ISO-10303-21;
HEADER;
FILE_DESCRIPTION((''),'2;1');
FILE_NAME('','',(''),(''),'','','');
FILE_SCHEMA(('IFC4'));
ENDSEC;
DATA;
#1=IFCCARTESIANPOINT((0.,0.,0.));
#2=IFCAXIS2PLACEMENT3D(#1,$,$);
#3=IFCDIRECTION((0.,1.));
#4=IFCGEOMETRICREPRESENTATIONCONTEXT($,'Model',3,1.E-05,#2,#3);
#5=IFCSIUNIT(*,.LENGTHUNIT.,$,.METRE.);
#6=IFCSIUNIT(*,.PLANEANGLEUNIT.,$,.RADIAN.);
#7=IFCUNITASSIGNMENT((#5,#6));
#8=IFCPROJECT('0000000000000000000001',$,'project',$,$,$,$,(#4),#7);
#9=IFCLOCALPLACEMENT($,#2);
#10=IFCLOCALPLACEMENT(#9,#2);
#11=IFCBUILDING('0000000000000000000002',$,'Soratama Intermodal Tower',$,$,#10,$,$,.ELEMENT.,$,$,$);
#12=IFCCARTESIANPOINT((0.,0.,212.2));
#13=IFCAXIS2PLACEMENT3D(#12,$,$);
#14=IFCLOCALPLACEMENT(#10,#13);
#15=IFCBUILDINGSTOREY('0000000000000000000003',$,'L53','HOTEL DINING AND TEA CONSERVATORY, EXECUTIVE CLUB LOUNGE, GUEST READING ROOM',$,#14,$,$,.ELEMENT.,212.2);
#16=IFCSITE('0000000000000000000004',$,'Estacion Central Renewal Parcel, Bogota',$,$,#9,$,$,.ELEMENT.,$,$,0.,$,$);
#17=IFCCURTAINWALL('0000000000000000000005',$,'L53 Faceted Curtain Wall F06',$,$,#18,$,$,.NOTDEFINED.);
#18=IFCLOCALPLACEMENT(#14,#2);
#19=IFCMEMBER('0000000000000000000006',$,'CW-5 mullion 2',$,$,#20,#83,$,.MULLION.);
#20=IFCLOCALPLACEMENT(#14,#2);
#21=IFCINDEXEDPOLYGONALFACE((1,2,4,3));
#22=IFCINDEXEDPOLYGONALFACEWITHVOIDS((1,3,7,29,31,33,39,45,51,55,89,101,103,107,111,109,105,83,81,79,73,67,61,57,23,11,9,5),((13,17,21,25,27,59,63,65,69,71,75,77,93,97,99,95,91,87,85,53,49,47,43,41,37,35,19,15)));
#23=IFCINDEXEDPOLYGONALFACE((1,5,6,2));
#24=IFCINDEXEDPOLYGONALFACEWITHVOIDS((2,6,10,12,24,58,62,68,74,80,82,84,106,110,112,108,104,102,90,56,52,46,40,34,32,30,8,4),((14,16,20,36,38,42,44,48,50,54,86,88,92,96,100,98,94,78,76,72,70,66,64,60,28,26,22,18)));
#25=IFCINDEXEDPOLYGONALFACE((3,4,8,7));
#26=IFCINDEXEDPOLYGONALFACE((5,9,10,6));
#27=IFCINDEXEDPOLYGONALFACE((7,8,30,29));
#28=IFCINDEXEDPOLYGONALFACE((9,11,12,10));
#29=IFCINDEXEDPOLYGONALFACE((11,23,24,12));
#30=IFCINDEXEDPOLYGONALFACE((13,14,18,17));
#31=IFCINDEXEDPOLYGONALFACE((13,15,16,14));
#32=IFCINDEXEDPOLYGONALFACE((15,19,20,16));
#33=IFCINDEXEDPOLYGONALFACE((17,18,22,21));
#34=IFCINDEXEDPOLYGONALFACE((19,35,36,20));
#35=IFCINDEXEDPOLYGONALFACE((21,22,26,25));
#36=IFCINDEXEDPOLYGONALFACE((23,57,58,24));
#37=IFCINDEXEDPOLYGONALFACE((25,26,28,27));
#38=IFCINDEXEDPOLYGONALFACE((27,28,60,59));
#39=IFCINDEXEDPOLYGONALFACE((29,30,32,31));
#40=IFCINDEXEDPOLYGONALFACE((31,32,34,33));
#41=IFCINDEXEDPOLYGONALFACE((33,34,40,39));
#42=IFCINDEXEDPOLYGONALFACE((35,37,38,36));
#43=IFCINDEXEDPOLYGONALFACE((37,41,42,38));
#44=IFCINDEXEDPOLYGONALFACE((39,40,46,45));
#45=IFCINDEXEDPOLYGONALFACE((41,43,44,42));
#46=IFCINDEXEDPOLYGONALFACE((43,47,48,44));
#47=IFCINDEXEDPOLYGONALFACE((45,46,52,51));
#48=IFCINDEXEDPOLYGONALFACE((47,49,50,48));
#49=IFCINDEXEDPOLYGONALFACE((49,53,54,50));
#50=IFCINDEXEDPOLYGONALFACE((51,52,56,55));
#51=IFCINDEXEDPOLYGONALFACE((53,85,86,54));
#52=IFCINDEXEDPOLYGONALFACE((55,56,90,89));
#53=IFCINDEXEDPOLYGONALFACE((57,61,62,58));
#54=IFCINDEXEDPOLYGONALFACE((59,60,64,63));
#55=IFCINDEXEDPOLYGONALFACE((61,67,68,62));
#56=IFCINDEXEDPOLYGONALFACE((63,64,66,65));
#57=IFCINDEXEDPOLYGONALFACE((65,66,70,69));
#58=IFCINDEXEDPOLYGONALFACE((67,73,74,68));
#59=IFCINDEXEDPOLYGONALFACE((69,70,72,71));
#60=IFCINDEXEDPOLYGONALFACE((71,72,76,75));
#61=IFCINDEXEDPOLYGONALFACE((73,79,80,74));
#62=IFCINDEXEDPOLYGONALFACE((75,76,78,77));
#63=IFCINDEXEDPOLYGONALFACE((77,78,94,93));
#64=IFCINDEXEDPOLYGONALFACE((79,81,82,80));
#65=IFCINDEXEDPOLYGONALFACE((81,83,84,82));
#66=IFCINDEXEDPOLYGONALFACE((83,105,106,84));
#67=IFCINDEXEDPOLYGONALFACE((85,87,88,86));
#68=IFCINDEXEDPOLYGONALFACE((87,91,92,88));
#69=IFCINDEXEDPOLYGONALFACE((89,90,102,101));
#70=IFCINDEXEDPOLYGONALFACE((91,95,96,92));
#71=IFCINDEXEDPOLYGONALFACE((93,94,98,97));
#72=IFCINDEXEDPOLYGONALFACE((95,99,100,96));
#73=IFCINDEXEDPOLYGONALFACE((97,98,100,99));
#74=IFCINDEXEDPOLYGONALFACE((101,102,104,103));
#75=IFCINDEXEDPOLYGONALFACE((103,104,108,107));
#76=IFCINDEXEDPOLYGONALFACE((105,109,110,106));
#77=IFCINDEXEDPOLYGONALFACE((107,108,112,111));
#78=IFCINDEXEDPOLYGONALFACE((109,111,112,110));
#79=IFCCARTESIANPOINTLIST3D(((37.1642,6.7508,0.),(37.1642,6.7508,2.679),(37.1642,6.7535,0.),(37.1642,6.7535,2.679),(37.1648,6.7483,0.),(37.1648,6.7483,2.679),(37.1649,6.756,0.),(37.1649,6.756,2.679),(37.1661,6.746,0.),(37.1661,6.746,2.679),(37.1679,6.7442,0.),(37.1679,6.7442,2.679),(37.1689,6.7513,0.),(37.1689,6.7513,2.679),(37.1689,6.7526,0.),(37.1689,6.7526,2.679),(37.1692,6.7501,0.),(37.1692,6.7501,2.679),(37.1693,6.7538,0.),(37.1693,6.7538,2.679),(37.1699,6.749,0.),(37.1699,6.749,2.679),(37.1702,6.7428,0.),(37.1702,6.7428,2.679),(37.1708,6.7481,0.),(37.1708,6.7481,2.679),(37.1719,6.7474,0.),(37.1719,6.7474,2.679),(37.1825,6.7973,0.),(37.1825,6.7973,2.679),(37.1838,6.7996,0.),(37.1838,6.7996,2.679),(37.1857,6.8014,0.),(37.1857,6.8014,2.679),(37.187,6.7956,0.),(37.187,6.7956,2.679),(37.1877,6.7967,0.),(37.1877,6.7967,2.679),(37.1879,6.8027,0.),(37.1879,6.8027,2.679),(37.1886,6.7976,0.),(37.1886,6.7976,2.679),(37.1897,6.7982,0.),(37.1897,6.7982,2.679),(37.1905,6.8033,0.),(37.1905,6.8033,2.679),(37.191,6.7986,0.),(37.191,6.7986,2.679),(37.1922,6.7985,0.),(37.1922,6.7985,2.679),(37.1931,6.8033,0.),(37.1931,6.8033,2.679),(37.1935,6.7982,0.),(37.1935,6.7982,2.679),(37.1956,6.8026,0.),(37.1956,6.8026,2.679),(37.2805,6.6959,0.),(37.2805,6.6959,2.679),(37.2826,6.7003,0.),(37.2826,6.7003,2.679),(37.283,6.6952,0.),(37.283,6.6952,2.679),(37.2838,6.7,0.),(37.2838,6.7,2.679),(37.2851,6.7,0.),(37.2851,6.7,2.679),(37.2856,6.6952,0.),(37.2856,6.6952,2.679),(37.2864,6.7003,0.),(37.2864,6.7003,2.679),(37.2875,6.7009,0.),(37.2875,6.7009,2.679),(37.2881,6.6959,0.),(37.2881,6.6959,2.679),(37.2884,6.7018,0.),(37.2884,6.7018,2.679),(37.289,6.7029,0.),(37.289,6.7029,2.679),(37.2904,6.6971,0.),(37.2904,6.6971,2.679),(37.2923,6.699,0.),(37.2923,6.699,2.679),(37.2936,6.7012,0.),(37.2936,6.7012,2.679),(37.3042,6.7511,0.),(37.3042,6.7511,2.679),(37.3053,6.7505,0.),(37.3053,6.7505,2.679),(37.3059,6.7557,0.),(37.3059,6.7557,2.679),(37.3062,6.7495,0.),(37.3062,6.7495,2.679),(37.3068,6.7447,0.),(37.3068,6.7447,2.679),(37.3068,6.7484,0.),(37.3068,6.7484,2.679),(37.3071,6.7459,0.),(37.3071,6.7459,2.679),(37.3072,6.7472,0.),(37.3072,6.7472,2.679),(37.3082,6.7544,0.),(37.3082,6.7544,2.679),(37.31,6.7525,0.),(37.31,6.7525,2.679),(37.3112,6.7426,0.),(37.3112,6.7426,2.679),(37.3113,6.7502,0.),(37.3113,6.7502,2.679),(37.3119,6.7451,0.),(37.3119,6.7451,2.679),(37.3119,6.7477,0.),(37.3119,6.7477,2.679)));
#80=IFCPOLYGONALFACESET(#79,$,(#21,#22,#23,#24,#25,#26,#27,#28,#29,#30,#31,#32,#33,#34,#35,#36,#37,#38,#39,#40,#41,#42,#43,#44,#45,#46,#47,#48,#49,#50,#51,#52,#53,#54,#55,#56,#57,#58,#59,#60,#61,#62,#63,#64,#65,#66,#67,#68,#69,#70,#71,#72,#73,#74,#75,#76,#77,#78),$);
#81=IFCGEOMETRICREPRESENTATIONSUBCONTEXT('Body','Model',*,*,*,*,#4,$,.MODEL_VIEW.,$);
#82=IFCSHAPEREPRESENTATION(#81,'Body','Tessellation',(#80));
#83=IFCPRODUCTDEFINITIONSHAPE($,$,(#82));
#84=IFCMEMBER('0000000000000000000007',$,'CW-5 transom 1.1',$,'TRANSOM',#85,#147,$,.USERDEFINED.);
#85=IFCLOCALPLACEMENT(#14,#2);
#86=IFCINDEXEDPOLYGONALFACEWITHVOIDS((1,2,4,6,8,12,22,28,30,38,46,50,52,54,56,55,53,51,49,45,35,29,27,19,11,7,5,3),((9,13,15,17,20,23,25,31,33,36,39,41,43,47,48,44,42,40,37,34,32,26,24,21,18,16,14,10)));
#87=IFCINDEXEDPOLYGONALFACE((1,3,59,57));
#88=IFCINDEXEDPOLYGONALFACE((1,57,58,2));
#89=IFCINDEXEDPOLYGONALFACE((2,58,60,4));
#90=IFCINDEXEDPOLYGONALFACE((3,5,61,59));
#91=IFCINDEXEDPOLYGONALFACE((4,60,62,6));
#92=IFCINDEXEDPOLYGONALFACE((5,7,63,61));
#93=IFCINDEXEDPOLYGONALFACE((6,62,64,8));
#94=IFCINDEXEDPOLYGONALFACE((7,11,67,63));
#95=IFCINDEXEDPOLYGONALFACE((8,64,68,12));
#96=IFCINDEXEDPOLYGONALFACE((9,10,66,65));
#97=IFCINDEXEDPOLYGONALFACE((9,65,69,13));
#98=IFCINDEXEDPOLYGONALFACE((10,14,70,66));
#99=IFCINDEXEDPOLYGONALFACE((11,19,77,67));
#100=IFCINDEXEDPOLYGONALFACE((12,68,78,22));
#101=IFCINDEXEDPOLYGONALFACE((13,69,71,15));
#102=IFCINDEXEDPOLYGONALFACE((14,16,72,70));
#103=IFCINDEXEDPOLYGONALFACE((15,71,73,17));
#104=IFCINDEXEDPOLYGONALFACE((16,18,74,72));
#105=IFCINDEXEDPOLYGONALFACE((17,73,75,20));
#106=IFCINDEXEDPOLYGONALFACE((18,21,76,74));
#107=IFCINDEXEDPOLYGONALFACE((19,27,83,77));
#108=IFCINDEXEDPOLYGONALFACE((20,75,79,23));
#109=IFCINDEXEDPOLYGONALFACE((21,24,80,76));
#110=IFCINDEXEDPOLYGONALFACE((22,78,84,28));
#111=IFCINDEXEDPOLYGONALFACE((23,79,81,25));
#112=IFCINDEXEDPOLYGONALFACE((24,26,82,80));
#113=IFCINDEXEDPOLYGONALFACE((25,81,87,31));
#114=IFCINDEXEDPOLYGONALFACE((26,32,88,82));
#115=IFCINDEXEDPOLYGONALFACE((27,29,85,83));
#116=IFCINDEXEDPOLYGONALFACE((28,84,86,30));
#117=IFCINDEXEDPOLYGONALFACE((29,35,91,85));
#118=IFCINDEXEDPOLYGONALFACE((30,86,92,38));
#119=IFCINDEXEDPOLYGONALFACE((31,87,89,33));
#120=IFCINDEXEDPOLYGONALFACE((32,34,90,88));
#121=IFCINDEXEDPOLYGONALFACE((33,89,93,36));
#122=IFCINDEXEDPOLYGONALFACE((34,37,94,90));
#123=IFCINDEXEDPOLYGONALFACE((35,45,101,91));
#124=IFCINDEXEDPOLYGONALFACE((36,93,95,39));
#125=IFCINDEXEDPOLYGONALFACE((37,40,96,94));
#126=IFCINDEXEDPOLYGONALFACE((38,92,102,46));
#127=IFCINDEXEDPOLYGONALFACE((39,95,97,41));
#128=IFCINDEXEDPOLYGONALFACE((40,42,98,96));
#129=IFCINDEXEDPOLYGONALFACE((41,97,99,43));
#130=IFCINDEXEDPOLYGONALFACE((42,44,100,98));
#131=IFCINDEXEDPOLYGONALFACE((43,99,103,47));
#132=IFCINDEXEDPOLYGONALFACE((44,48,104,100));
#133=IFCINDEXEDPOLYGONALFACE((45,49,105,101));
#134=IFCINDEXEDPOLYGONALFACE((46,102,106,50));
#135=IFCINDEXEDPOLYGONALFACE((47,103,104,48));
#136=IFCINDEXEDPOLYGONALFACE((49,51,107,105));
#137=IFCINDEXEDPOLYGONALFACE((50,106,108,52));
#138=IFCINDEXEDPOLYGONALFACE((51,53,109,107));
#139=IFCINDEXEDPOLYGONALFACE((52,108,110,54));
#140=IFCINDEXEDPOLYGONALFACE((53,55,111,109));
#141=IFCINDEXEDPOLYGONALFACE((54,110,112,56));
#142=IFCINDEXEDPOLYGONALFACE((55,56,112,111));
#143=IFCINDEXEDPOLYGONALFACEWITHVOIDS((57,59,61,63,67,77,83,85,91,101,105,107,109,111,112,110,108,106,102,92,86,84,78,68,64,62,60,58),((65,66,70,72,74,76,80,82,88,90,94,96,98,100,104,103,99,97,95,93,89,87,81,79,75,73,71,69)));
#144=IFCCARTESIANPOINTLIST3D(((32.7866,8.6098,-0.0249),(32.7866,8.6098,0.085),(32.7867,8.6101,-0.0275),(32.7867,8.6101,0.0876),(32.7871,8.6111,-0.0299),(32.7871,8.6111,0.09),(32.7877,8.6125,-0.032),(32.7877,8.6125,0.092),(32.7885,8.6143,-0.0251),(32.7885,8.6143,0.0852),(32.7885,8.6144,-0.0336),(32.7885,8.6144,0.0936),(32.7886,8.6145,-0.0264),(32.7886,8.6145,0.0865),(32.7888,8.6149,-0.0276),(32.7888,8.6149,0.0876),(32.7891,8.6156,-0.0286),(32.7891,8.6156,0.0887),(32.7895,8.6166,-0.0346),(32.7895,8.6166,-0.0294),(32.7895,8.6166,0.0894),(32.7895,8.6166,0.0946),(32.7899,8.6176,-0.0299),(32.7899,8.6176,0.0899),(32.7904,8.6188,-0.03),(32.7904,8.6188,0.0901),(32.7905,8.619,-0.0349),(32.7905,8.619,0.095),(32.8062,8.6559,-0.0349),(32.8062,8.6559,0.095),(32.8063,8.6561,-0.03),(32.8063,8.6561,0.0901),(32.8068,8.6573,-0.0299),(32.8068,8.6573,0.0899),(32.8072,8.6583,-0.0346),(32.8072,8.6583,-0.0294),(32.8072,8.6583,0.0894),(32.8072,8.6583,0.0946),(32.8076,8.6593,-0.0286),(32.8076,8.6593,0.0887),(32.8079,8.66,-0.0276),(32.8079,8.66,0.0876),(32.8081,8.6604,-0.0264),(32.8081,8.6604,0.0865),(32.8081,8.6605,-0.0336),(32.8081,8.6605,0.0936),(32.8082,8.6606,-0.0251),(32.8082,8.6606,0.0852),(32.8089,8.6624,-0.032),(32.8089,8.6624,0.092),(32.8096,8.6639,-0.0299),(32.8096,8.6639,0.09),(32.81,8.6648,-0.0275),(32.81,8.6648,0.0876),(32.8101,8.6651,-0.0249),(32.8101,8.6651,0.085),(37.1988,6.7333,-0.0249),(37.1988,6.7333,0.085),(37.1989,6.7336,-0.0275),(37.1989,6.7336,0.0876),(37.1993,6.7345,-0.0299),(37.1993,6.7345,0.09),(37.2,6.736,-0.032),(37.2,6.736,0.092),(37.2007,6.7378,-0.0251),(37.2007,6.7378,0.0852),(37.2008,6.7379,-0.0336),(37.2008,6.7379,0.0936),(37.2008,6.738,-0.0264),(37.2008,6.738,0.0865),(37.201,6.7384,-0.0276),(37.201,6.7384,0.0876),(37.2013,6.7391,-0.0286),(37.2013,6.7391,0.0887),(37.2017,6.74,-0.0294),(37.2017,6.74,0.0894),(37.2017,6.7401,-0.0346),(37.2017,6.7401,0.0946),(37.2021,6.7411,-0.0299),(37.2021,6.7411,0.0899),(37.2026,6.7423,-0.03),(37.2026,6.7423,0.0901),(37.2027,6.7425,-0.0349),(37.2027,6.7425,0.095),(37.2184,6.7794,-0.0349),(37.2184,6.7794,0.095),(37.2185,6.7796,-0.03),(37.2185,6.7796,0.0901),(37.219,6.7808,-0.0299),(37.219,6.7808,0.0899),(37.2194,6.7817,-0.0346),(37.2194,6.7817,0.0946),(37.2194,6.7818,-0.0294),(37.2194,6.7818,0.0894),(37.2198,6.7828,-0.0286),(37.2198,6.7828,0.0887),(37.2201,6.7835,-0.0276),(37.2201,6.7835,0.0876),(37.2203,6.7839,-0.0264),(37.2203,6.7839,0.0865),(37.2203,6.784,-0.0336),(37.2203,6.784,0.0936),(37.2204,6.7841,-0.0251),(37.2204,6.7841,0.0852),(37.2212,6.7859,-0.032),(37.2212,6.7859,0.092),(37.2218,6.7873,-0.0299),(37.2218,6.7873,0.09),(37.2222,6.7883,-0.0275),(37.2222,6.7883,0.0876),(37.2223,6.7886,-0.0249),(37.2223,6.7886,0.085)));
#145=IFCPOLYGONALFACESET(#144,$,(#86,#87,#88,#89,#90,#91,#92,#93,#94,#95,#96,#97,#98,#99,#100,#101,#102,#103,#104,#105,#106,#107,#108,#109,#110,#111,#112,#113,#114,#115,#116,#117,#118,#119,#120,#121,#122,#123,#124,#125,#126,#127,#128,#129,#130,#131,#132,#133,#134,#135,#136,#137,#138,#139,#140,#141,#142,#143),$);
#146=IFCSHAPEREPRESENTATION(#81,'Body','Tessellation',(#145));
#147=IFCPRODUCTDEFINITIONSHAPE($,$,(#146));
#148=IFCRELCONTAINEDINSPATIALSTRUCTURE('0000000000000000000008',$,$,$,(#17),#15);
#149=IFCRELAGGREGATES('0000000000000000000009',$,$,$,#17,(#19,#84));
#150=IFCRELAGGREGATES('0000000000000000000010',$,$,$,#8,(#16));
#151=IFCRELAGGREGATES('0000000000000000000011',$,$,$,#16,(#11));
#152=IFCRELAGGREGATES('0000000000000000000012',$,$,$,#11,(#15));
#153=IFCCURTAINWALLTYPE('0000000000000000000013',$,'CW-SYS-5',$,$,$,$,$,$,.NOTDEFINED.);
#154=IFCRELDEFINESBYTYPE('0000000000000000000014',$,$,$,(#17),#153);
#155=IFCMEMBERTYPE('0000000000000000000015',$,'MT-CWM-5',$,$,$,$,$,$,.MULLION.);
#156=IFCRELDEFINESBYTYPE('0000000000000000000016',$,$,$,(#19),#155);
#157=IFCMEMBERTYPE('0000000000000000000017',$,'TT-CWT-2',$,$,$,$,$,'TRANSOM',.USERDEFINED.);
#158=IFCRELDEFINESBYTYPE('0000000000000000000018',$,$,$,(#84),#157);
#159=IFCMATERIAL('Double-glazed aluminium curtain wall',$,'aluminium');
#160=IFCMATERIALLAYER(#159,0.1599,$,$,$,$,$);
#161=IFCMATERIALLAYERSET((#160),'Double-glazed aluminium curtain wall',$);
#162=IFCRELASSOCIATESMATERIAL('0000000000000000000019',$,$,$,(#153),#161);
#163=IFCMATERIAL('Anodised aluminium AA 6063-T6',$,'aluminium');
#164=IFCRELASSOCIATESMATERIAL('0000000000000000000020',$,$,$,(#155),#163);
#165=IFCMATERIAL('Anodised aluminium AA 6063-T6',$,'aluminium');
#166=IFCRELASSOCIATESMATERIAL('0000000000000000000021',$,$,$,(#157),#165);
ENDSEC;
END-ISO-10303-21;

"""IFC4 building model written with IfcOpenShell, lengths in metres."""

from ifc_helpers import new_model, si_unit, direction, frame, origin, origin_2d, place, context, subcontext, project, spatial, hollow_rectangle, extrude, material, layer, layer_set, material_profile, profile_set, type_object, element, aggregate, save


model = new_model("IFC4")

# Units and contexts
model_context = context("Model", 3, precision=1e-05, world=origin(), true_north=direction((0.0, 1.0)))
body_context = subcontext(model_context, "Body", "Model", "MODEL_VIEW")
ifc_project = project(units=[si_unit("LENGTHUNIT", "METRE"), si_unit("PLANEANGLEUNIT", "RADIAN")], contexts=[model_context])

# Site, building, storey
site_placement = place(None, origin())
site = spatial("IfcSite", under=ifc_project, at=site_placement, Name="Estacion Central Renewal Parcel, Bogota", CompositionType="ELEMENT", RefElevation=0.0)
building_placement = place(site_placement, origin())
building = spatial("IfcBuilding", under=site, at=building_placement, Name="Soratama Intermodal Tower", CompositionType="ELEMENT")
storey_placement = place(building_placement, frame((0.0, 0.0, 212.2)))
storey = spatial("IfcBuildingStorey", under=building, at=storey_placement, Name="L53", Description="HOTEL DINING AND TEA CONSERVATORY, EXECUTIVE CLUB LOUNGE, GUEST READING ROOM", CompositionType="ELEMENT", Elevation=212.2)

# Curtain wall, members
ifc_material_1 = material(Name="Double-glazed aluminium curtain wall", Category="aluminium")
ifc_layer_1 = layer(ifc_material_1, 0.1599)
ifc_layer_set_1 = layer_set([ifc_layer_1], Name="Double-glazed aluminium curtain wall")
curtain_wall_type = type_object("IfcCurtainWallType", Name="CW-SYS-5", PredefinedType="NOTDEFINED", material=ifc_layer_set_1)
curtain_wall_placement = place(storey_placement, origin())
curtain_wall = element("IfcCurtainWall", 1, at=curtain_wall_placement, inside=storey, type_object=curtain_wall_type, Name="L53 Faceted Curtain Wall F06", PredefinedType="NOTDEFINED")
ifc_material_2 = material(Name="Anodised aluminium AA 6063-T6", Category="aluminium")
ifc_material_profile_1 = material_profile(ifc_material_2, hollow_rectangle(XDim=0.0649, YDim=0.1399, WallThickness=0.0049, InnerFilletRadius=0.0049, OuterFilletRadius=0.01, at=origin_2d()), Name="CWM140X65X5")
ifc_profile_set_1 = profile_set([ifc_material_profile_1], Name="Anodised aluminium AA 6063-T6")
member_type_1 = type_object("IfcMemberType", Name="MT-CWM-5", PredefinedType="MULLION", material=ifc_profile_set_1)
member_1_placement = place(storey_placement, frame((37.238, 6.7493, 0.0), z_axis=(0.0, 0.0, 1.0), x_axis=(0.391376, 0.920231, 0.0)))
member_1 = element("IfcMember", 2, at=member_1_placement, type_object=member_type_1, Name="CW-5 mullion 2", PredefinedType="MULLION", context=body_context, shape_type="SweptSolid", body=[
    extrude(hollow_rectangle(XDim=0.0649, YDim=0.1399, WallThickness=0.0049, InnerFilletRadius=0.0049, OuterFilletRadius=0.01, at=origin_2d()), origin(), (0.0, 0.0, 1.0), 2.679),
])
ifc_material_3 = material(Name="Anodised aluminium AA 6063-T6", Category="aluminium")
ifc_material_profile_2 = material_profile(ifc_material_3, hollow_rectangle(XDim=0.0601, YDim=0.1299, WallThickness=0.0049, InnerFilletRadius=0.0049, OuterFilletRadius=0.01, at=origin_2d()), Name="CWT130X60X5")
ifc_profile_set_2 = profile_set([ifc_material_profile_2], Name="Anodised aluminium AA 6063-T6")
member_type_2 = type_object("IfcMemberType", Name="TT-CWT-2", ElementType="TRANSOM", PredefinedType="USERDEFINED", material=ifc_profile_set_2)
member_2_placement = place(storey_placement, frame((32.7983, 8.6375, 0.03), z_axis=(0.920232, -0.391374, 0.0), x_axis=(0.391374, 0.920232, 0.0)))
member_2 = element("IfcMember", 3, at=member_2_placement, type_object=member_type_2, Name="CW-5 transom 1.1", ObjectType="TRANSOM", PredefinedType="USERDEFINED", context=body_context, shape_type="SweptSolid", body=[
    extrude(hollow_rectangle(XDim=0.0601, YDim=0.1299, WallThickness=0.0049, InnerFilletRadius=0.0049, OuterFilletRadius=0.01, at=origin_2d()), origin(), (0.0, 0.0, 1.0), 4.7947),
])
aggregate(curtain_wall, [member_1, member_2])

save(model, "model.ifc")
